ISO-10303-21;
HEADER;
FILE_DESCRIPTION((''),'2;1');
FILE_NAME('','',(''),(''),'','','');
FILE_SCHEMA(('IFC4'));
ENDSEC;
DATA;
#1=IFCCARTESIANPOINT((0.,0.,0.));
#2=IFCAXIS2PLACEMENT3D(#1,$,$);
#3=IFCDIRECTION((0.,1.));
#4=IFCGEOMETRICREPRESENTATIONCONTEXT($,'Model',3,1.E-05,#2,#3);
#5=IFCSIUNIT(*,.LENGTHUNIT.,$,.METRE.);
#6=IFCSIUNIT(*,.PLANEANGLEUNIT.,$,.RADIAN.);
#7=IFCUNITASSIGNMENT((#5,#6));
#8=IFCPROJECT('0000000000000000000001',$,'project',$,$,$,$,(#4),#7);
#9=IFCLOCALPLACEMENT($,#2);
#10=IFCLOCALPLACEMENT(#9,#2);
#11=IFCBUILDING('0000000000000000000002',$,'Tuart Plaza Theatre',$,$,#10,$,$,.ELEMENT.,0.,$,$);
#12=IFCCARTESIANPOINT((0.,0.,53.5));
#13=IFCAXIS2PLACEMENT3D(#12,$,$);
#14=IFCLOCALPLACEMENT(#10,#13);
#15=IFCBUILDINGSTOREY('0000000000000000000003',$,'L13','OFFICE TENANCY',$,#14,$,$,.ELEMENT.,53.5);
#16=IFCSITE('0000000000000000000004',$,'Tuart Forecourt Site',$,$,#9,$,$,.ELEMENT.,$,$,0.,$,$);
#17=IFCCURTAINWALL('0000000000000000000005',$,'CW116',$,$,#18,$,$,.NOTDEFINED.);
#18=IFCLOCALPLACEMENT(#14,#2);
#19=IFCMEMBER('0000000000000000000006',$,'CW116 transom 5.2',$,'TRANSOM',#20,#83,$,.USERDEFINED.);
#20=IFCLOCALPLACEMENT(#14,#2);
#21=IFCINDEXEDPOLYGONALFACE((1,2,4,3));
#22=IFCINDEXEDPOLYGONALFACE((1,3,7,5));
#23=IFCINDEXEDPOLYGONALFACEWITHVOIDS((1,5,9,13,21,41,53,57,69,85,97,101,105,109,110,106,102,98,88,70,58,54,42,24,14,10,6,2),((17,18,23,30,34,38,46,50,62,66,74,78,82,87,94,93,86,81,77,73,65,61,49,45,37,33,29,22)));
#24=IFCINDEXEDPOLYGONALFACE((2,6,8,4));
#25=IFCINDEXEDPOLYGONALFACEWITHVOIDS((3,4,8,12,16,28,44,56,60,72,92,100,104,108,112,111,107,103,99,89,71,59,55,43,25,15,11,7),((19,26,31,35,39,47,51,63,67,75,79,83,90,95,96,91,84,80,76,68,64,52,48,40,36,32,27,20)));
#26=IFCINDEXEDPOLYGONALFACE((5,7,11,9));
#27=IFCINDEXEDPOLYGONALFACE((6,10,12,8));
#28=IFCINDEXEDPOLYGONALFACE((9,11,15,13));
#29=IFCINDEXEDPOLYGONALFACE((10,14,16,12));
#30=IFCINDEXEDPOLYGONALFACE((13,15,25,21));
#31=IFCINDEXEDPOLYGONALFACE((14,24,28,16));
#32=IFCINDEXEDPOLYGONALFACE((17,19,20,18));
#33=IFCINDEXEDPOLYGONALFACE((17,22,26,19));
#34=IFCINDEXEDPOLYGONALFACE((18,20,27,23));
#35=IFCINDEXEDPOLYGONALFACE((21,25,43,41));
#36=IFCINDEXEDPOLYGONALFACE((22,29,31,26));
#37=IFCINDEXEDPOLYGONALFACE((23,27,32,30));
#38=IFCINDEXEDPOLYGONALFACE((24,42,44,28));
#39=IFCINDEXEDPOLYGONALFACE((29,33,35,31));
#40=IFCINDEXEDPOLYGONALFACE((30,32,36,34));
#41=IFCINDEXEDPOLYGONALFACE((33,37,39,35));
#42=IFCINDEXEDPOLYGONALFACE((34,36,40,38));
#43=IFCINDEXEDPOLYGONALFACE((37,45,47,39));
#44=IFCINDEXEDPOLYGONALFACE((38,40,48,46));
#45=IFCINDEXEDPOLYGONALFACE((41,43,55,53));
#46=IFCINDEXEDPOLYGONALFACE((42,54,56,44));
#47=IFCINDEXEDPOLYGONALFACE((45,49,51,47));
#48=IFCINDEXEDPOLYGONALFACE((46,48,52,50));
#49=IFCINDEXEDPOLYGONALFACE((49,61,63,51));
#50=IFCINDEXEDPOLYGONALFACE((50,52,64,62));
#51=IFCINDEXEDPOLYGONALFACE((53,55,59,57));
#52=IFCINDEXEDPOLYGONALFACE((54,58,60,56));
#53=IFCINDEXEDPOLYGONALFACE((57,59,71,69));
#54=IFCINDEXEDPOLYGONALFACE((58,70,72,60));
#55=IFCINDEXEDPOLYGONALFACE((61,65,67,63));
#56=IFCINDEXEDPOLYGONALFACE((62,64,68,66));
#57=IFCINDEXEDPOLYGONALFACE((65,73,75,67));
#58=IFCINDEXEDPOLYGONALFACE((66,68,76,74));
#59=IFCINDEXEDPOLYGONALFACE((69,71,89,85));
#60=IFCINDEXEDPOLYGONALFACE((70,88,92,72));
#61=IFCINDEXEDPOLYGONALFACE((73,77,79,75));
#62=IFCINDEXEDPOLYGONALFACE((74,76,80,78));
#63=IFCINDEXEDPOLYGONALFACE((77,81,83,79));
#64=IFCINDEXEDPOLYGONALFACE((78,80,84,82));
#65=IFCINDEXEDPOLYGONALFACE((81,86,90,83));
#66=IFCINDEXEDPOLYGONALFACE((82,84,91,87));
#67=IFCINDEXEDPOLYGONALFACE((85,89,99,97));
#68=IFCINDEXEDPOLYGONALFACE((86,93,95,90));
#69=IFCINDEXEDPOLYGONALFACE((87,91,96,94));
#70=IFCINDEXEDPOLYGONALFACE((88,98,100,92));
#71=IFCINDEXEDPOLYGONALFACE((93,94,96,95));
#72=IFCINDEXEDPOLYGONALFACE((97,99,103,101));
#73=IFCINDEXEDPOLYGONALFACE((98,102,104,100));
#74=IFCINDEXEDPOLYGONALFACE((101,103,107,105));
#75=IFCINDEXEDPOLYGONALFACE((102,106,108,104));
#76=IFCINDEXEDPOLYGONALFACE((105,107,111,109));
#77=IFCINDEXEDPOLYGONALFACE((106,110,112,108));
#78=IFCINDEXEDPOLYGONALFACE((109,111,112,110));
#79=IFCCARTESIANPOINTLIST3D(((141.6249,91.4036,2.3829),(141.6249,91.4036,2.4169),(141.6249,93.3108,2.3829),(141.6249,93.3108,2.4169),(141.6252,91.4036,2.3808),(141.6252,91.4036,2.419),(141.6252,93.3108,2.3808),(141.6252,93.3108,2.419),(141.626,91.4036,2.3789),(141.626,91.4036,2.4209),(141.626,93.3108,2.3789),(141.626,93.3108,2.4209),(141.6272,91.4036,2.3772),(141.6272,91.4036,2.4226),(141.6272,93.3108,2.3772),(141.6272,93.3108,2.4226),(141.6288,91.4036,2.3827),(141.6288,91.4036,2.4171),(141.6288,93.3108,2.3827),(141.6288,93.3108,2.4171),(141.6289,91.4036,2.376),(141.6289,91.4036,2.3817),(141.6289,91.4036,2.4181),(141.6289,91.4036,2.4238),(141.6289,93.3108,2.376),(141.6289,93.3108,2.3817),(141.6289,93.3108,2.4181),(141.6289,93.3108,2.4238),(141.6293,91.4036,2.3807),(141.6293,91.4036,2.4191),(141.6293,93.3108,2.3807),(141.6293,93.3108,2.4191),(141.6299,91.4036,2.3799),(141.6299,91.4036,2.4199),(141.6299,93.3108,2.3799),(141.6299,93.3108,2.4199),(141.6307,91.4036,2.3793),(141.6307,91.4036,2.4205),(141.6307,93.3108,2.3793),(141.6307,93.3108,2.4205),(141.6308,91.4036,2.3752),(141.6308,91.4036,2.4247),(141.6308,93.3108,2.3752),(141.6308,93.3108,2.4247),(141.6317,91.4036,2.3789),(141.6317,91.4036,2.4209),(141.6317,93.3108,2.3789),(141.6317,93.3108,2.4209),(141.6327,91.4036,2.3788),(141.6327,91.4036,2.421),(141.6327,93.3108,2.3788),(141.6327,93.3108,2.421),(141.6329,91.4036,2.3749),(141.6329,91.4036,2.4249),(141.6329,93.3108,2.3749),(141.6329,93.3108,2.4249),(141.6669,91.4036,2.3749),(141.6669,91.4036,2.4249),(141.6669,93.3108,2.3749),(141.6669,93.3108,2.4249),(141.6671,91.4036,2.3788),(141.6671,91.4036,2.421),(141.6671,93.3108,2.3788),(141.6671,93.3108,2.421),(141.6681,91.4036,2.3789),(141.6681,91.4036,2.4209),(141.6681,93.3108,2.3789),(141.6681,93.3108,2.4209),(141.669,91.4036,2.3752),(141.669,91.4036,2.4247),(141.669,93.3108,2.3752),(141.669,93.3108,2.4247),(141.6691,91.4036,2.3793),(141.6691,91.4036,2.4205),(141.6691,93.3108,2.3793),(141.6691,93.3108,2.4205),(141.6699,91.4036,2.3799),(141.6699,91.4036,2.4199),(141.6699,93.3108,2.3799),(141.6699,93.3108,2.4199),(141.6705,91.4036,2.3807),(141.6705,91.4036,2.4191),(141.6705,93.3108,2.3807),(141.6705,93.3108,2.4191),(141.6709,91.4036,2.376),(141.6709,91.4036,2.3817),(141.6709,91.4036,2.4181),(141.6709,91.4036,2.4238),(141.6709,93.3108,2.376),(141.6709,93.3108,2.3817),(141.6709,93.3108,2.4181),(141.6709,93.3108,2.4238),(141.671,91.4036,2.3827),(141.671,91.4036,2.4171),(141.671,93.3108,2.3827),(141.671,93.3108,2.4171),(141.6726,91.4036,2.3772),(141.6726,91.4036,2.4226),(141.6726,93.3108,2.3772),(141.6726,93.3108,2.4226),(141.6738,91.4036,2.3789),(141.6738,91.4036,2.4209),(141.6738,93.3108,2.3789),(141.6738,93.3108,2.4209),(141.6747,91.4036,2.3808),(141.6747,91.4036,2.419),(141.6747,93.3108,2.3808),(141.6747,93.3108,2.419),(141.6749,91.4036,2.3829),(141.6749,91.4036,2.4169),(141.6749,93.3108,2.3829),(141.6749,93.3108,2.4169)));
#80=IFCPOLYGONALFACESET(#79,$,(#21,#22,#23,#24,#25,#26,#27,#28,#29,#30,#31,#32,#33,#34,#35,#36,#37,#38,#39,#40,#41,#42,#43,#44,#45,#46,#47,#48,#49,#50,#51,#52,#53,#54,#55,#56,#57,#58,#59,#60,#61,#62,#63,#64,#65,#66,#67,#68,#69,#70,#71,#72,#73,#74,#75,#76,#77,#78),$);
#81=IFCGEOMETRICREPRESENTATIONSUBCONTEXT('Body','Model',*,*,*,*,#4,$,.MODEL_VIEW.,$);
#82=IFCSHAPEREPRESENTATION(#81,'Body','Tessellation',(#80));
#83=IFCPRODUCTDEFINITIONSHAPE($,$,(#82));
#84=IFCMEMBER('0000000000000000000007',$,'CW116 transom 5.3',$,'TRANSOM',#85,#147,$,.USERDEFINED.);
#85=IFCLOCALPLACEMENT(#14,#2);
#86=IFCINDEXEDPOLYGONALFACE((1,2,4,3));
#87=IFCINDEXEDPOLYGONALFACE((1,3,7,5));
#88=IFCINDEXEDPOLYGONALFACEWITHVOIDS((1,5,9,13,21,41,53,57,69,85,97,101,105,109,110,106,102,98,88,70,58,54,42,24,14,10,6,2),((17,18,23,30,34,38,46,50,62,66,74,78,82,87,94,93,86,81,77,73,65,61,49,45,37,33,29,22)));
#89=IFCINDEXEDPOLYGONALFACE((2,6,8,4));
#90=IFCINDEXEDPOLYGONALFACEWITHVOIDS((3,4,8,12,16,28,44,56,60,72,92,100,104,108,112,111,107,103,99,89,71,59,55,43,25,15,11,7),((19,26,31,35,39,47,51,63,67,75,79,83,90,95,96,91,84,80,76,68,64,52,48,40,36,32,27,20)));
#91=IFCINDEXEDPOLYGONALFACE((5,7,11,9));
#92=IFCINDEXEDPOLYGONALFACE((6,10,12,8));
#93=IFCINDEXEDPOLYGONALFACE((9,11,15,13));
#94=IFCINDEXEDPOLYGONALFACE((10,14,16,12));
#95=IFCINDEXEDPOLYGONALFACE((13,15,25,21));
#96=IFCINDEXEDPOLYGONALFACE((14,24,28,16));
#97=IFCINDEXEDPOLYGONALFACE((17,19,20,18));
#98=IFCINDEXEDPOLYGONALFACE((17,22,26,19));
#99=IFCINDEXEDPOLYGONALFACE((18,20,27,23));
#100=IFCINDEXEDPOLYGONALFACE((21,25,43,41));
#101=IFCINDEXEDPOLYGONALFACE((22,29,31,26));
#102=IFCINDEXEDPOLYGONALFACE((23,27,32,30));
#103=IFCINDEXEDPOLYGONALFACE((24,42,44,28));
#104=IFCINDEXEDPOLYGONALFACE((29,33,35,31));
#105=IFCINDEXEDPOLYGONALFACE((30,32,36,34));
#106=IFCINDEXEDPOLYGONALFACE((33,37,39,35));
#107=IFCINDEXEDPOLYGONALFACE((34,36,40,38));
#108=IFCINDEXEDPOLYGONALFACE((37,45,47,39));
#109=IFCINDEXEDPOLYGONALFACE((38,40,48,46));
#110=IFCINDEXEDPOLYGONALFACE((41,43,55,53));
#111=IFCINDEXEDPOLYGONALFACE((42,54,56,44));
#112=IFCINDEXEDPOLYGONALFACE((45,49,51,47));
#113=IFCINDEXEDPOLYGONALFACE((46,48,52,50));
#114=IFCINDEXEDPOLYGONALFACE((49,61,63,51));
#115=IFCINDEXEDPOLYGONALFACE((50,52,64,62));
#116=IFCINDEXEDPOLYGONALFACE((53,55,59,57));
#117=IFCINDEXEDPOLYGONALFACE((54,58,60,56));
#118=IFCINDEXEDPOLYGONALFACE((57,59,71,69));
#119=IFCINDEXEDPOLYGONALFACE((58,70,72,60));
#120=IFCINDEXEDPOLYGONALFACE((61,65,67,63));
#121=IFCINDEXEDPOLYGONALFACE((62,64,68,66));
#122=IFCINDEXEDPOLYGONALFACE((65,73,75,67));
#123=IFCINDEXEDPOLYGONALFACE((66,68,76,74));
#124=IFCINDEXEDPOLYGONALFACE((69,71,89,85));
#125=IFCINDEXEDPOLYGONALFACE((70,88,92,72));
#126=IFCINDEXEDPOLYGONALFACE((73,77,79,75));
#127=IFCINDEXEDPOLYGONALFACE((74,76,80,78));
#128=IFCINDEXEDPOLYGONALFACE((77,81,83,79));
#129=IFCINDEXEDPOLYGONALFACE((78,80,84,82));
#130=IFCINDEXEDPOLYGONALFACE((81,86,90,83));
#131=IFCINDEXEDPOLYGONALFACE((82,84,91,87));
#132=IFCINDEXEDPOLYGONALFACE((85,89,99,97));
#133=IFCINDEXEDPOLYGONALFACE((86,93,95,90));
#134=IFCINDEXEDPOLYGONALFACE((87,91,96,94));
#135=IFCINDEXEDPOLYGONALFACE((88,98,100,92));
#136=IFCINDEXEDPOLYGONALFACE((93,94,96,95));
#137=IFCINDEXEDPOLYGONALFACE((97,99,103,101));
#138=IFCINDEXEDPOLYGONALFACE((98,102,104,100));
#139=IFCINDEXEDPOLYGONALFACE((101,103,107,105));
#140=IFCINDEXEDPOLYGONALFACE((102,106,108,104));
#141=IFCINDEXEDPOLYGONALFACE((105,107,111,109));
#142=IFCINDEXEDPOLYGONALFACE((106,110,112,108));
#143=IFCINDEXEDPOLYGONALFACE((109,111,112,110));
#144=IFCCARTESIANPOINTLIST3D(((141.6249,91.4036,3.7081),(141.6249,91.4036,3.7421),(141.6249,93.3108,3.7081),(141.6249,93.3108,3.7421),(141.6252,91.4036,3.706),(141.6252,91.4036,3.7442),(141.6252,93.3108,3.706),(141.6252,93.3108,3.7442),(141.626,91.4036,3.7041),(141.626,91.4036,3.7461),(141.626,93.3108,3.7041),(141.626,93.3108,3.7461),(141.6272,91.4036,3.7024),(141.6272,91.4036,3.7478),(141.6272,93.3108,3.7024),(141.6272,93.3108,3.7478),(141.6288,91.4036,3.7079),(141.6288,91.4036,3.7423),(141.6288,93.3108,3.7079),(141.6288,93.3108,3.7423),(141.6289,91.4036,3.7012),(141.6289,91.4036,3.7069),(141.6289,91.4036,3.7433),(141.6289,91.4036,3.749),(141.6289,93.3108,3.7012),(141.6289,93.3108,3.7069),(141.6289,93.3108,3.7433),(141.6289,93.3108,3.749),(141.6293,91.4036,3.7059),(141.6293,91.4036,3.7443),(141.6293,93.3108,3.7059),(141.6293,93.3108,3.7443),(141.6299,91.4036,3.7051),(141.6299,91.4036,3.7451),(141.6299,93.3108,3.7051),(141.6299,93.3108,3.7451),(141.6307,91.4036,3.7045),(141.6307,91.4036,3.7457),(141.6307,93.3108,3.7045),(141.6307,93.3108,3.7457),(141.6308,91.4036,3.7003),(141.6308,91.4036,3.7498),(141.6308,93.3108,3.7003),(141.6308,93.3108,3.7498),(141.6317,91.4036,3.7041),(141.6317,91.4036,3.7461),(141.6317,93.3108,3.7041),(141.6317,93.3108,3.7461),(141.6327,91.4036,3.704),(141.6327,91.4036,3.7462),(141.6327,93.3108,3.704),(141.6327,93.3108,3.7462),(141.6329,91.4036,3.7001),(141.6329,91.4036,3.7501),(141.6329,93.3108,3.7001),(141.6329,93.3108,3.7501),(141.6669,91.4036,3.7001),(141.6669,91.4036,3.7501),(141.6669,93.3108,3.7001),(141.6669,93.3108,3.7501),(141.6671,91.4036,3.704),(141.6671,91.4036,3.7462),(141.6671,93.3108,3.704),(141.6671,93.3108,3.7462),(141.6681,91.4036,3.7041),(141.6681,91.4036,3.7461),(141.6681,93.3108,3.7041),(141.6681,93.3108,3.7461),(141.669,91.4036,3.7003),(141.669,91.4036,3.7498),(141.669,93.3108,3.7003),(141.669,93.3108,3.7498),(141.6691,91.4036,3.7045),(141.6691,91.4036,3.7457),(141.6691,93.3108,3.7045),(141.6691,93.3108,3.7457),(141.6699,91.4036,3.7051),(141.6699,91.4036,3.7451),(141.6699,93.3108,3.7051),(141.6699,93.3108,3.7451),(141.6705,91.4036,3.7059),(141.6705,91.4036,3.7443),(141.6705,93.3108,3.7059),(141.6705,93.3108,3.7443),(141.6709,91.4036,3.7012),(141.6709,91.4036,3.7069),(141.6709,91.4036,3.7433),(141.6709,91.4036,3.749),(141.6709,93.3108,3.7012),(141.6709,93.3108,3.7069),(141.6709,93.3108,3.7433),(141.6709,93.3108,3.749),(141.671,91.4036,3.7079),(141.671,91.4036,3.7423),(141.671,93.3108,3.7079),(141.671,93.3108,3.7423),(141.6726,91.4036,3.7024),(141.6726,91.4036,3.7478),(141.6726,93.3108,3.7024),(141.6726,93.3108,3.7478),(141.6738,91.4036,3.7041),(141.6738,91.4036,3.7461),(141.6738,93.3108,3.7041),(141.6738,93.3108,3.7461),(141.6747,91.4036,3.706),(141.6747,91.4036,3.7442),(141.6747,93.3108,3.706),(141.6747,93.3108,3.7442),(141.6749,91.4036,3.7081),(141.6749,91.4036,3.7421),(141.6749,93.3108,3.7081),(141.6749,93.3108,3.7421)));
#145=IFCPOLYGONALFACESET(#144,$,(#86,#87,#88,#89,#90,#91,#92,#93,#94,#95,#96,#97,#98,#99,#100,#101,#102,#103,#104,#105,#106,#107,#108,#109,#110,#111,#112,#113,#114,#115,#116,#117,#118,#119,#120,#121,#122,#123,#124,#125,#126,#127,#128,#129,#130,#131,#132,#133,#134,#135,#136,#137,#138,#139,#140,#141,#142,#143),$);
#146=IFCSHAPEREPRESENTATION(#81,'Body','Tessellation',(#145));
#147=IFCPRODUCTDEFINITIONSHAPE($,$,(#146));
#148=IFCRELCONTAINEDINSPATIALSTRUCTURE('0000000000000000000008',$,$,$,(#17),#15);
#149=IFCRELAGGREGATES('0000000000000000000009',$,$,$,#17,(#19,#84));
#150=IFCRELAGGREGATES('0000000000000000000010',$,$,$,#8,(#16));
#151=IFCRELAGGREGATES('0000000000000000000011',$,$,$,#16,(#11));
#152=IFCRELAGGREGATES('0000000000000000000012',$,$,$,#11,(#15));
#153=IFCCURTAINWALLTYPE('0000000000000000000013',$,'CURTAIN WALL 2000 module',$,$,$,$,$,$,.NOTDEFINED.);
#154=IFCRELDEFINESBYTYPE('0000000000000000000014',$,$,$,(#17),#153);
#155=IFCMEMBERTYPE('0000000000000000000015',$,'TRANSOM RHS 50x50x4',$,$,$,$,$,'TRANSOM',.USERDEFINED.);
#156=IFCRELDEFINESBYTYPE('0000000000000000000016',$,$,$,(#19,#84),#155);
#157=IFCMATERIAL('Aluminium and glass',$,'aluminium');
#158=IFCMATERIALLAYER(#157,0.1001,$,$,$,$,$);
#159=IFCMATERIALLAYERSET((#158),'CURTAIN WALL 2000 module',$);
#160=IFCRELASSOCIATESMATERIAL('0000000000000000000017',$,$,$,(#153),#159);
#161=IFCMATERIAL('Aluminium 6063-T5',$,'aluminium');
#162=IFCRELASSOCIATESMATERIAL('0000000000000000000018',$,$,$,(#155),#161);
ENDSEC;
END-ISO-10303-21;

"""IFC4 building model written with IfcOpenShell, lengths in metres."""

from ifc_helpers import new_model, si_unit, direction, frame, origin, origin_2d, place, context, subcontext, project, spatial, hollow_rectangle, extrude, material, layer, layer_set, material_profile, profile_set, type_object, element, aggregate, save


model = new_model("IFC4")

# Units and contexts
model_context = context("Model", 3, precision=1e-05, world=origin(), true_north=direction((0.0, 1.0)))
body_context = subcontext(model_context, "Body", "Model", "MODEL_VIEW")
ifc_project = project(units=[si_unit("LENGTHUNIT", "METRE"), si_unit("PLANEANGLEUNIT", "RADIAN")], contexts=[model_context])

# Site, building, storey
site_placement = place(None, origin())
site = spatial("IfcSite", under=ifc_project, at=site_placement, Name="Tuart Forecourt Site", CompositionType="ELEMENT", RefElevation=0.0)
building_placement = place(site_placement, origin())
building = spatial("IfcBuilding", under=site, at=building_placement, Name="Tuart Plaza Theatre", CompositionType="ELEMENT", ElevationOfRefHeight=0.0)
storey_placement = place(building_placement, frame((0.0, 0.0, 53.5)))
storey = spatial("IfcBuildingStorey", under=building, at=storey_placement, Name="L13", Description="OFFICE TENANCY", CompositionType="ELEMENT", Elevation=53.5)

# Curtain wall, members
ifc_material_1 = material(Name="Aluminium and glass", Category="aluminium")
ifc_layer_1 = layer(ifc_material_1, 0.1001)
ifc_layer_set_1 = layer_set([ifc_layer_1], Name="CURTAIN WALL 2000 module")
curtain_wall_type = type_object("IfcCurtainWallType", Name="CURTAIN WALL 2000 module", PredefinedType="NOTDEFINED", material=ifc_layer_set_1)
curtain_wall_placement = place(storey_placement, origin())
curtain_wall = element("IfcCurtainWall", 1, at=curtain_wall_placement, inside=storey, type_object=curtain_wall_type, Name="CW116", PredefinedType="NOTDEFINED")
ifc_material_2 = material(Name="Aluminium 6063-T5", Category="aluminium")
ifc_material_profile_1 = material_profile(ifc_material_2, hollow_rectangle(XDim=0.05, YDim=0.05, WallThickness=0.0039, InnerFilletRadius=0.0039, OuterFilletRadius=0.0081, at=origin_2d()), Name="RHS 50x50x4")
ifc_profile_set_1 = profile_set([ifc_material_profile_1], Name="Aluminium 6063-T5")
member_type_1 = type_object("IfcMemberType", Name="TRANSOM RHS 50x50x4", ElementType="TRANSOM", PredefinedType="USERDEFINED", material=ifc_profile_set_1)
member_1_placement = place(storey_placement, frame((141.6499, 91.4036, 2.3999), z_axis=(0.0, 1.0, 0.0), x_axis=(-1.0, 0.0, 0.0)))
member_1 = element("IfcMember", 2, at=member_1_placement, type_object=member_type_1, Name="CW116 transom 5.2", ObjectType="TRANSOM", PredefinedType="USERDEFINED", context=body_context, shape_type="SweptSolid", body=[
    extrude(hollow_rectangle(XDim=0.05, YDim=0.05, WallThickness=0.0039, InnerFilletRadius=0.0039, OuterFilletRadius=0.0081, at=origin_2d()), origin(), (0.0, 0.0, 1.0), 1.9072),
])
member_2_placement = place(storey_placement, frame((141.6499, 91.4036, 3.7251), z_axis=(0.0, 1.0, 0.0), x_axis=(-1.0, 0.0, 0.0)))
member_2 = element("IfcMember", 3, at=member_2_placement, type_object=member_type_1, Name="CW116 transom 5.3", ObjectType="TRANSOM", PredefinedType="USERDEFINED", context=body_context, shape_type="SweptSolid", body=[
    extrude(hollow_rectangle(XDim=0.05, YDim=0.05, WallThickness=0.0039, InnerFilletRadius=0.0039, OuterFilletRadius=0.0081, at=origin_2d()), origin(), (0.0, 0.0, 1.0), 1.9072),
])
aggregate(curtain_wall, [member_1, member_2])

save(model, "model.ifc")
